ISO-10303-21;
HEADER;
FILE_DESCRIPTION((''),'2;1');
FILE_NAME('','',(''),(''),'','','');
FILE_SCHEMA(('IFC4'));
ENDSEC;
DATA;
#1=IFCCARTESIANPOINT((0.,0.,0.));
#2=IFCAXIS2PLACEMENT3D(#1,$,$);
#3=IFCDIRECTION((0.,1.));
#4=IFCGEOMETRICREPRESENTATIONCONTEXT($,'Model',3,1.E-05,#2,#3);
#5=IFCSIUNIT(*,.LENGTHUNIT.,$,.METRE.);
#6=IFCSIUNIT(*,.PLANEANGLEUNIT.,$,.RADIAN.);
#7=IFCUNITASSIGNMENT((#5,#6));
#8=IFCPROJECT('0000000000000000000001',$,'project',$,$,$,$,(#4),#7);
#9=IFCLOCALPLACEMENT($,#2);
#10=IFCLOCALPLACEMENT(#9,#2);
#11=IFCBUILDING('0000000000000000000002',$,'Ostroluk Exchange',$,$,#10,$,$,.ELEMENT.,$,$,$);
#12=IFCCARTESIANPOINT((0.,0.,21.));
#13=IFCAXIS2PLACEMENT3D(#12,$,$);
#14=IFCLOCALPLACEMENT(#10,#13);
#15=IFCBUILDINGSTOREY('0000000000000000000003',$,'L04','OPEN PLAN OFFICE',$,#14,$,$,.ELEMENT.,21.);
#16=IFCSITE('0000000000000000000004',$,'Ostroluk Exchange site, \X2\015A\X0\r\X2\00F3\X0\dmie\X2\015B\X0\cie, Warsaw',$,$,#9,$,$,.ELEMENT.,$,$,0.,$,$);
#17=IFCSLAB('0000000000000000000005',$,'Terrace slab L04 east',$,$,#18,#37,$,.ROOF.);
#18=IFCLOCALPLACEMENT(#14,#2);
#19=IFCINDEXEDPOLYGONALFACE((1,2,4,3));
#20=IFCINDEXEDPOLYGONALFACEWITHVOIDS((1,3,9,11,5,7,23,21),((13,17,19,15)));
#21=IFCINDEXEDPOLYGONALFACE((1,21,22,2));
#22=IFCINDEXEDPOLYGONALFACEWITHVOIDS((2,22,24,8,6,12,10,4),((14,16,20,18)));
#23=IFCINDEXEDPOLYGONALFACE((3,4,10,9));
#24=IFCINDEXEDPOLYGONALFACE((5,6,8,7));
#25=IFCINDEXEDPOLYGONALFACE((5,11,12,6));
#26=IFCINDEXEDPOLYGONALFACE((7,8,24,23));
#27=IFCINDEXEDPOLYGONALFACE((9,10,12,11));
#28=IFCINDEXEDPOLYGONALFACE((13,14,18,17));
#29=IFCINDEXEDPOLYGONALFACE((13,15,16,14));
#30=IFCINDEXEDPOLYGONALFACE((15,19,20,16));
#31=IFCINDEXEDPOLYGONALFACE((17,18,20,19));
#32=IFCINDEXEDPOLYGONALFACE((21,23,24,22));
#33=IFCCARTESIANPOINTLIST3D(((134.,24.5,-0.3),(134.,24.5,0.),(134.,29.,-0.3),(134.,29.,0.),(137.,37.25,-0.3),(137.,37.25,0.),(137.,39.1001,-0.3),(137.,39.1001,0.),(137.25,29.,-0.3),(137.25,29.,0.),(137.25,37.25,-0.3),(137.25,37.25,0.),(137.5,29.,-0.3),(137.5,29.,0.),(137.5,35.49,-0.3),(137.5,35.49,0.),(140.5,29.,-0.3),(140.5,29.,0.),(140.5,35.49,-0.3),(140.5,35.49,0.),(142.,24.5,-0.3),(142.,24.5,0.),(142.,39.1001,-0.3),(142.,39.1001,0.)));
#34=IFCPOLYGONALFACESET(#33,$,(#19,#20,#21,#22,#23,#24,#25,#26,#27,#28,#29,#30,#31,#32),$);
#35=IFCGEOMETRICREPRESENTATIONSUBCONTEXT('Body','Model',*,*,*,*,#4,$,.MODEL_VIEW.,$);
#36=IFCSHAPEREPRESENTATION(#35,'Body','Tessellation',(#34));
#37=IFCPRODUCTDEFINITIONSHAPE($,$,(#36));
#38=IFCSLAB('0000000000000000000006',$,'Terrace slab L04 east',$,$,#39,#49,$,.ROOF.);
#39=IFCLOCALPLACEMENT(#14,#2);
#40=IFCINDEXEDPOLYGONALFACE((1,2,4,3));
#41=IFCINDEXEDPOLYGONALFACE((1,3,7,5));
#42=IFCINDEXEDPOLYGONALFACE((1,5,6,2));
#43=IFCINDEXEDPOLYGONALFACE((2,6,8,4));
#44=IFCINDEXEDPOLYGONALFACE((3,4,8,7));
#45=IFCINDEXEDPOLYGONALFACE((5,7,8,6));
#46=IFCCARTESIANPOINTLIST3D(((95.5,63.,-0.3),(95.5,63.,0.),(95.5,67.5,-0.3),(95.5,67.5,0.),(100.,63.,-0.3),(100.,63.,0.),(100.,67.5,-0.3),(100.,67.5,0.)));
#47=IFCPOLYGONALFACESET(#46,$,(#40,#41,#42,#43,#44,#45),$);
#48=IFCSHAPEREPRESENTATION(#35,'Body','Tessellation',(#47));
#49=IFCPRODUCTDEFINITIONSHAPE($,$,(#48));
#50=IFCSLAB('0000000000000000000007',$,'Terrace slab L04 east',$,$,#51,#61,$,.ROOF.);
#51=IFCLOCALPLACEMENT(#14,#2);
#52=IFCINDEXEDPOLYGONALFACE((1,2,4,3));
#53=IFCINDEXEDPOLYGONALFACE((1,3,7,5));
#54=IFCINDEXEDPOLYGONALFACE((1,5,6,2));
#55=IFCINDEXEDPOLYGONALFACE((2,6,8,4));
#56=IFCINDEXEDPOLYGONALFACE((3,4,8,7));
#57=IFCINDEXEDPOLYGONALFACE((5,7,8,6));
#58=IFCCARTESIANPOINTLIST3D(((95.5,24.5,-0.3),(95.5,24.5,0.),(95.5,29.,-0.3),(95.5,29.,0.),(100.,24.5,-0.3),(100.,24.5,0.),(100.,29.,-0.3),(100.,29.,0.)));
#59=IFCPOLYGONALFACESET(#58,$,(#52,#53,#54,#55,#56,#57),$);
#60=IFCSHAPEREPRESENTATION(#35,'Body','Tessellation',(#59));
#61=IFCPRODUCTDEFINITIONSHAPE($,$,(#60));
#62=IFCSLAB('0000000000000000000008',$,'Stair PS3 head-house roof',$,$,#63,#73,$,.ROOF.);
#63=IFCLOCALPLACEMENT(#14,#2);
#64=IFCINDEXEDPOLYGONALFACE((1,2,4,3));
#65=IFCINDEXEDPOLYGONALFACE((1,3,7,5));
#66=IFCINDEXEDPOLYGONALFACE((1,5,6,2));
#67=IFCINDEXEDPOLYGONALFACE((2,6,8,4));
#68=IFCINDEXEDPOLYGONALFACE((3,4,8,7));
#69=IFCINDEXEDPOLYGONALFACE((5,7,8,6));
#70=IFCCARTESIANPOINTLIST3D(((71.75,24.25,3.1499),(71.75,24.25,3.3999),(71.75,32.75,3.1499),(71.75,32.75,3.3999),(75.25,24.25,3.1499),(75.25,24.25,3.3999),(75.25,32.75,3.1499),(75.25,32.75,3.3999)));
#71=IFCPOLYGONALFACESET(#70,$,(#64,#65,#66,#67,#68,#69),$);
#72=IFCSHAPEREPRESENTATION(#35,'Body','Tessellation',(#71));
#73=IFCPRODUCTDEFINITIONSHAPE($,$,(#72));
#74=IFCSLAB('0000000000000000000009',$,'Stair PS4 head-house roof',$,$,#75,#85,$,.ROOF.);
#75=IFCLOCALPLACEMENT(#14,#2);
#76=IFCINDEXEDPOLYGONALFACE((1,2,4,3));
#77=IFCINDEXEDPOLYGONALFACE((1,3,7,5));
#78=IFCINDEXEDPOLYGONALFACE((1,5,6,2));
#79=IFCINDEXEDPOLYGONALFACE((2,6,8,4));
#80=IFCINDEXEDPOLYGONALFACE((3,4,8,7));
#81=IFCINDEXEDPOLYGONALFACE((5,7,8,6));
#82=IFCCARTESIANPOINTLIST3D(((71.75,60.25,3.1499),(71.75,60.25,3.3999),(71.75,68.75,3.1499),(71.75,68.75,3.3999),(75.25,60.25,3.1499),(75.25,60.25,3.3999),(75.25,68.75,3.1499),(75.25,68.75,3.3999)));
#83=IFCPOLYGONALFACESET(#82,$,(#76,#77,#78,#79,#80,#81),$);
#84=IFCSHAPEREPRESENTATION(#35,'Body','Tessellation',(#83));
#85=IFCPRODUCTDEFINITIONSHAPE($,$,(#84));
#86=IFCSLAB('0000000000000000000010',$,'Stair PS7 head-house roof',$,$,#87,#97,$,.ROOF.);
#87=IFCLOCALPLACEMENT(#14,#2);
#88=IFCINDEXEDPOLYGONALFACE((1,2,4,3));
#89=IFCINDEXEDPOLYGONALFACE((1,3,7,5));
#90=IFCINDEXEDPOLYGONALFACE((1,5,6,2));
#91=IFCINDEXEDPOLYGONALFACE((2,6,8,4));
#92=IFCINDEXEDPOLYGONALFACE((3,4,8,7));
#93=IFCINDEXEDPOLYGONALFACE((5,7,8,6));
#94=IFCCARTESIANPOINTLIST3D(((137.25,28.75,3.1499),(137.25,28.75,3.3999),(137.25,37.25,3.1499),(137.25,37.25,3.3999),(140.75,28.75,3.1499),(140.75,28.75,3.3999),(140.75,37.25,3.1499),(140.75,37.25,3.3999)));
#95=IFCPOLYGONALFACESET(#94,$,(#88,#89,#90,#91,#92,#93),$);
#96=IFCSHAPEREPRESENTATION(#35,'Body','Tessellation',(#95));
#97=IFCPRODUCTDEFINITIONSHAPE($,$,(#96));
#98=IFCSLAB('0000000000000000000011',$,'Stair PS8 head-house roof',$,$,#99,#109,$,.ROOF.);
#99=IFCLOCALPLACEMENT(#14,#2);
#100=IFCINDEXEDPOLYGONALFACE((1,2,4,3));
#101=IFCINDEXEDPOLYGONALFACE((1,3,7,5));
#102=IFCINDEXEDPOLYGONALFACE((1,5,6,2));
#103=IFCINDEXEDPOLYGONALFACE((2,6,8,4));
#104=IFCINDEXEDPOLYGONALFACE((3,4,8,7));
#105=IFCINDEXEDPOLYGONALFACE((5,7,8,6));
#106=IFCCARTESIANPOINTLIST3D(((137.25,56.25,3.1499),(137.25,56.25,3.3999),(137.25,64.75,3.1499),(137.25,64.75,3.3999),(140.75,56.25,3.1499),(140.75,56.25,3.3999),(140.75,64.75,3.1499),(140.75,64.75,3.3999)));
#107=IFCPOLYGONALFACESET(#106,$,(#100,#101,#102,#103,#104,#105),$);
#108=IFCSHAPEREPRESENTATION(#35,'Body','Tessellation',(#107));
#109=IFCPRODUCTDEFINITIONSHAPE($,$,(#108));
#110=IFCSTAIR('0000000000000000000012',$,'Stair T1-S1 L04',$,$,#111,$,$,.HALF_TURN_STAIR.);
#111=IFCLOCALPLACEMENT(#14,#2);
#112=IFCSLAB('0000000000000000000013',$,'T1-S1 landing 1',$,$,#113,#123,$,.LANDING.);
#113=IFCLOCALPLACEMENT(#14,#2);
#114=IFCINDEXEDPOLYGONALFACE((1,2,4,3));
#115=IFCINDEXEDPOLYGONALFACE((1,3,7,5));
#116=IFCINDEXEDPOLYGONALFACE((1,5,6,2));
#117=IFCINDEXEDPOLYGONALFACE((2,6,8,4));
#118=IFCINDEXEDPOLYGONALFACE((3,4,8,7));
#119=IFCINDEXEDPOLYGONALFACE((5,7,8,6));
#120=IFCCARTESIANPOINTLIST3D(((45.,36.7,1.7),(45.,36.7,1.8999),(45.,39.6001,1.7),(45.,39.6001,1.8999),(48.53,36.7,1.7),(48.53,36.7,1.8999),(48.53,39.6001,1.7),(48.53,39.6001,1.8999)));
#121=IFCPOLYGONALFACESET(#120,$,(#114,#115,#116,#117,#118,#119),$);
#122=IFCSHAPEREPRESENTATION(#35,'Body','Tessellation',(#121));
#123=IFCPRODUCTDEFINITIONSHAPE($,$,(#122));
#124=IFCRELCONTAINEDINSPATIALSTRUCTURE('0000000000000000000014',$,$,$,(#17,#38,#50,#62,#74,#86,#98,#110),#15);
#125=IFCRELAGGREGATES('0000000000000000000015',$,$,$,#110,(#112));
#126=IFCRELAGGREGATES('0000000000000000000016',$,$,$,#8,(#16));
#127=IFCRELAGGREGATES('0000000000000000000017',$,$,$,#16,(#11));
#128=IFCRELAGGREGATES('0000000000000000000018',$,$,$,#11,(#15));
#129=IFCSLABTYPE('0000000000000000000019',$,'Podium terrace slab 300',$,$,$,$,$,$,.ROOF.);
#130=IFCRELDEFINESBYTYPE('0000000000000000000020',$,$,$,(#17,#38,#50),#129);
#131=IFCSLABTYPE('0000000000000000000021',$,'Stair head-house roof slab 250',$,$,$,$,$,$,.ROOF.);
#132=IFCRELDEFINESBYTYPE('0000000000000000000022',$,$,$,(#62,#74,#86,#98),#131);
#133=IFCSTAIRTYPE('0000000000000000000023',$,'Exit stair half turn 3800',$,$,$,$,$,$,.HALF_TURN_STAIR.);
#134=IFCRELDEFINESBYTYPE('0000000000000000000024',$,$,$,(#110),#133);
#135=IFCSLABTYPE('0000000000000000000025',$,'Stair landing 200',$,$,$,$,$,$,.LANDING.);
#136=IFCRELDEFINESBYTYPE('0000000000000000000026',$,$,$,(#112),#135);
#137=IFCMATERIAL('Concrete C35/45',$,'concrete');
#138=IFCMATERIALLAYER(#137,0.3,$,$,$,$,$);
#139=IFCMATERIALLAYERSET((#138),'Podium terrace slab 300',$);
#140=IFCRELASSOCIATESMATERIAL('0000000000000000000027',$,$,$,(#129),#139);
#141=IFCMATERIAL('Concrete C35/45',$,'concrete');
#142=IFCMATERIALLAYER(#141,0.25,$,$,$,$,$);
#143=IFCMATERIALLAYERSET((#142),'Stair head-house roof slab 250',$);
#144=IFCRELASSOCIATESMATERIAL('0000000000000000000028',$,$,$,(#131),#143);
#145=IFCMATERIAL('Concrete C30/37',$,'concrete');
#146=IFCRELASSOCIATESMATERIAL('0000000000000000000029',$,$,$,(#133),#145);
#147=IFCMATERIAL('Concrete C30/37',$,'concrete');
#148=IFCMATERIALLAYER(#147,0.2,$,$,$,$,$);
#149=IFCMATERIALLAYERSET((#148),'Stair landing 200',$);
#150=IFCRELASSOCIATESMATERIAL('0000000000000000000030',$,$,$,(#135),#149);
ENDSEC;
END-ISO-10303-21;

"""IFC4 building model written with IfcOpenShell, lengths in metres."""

from ifc_helpers import new_model, si_unit, direction, frame, origin, place, context, subcontext, project, spatial, polyline, outline, extrude, material, layer, layer_set, type_object, element, aggregate, save


model = new_model("IFC4")

# Units and contexts
model_context = context("Model", 3, precision=1e-05, world=origin(), true_north=direction((0.0, 1.0)))
body_context = subcontext(model_context, "Body", "Model", "MODEL_VIEW")
ifc_project = project(units=[si_unit("LENGTHUNIT", "METRE"), si_unit("PLANEANGLEUNIT", "RADIAN")], contexts=[model_context])

# Site, building, storey
site_placement = place(None, origin())
site = spatial("IfcSite", under=ifc_project, at=site_placement, Name="Ostroluk Exchange site, Śródmieście, Warsaw", CompositionType="ELEMENT", RefElevation=0.0)
building_placement = place(site_placement, origin())
building = spatial("IfcBuilding", under=site, at=building_placement, Name="Ostroluk Exchange", CompositionType="ELEMENT")
storey_placement = place(building_placement, frame((0.0, 0.0, 21.0)))
storey = spatial("IfcBuildingStorey", under=building, at=storey_placement, Name="L04", Description="OPEN PLAN OFFICE", CompositionType="ELEMENT", Elevation=21.0)

# Slabs
ifc_material_1 = material(Name="Concrete C35/45", Category="concrete")
ifc_layer_1 = layer(ifc_material_1, 0.3)
ifc_layer_set_1 = layer_set([ifc_layer_1], Name="Podium terrace slab 300")
slab_type_1 = type_object("IfcSlabType", Name="Podium terrace slab 300", PredefinedType="ROOF", material=ifc_layer_set_1)
slab_1_placement = place(storey_placement, frame((0.0, 0.0, -0.3)))
element("IfcSlab", 1, at=slab_1_placement, inside=storey, type_object=slab_type_1, Name="Terrace slab L04 east", PredefinedType="ROOF", context=body_context, shape_type="SweptSolid", body=[
    extrude(outline(polyline([(142.0, 39.1001), (142.0, 24.5), (134.0, 24.5), (134.0, 29.0), (137.25, 29.0), (137.25, 37.25), (137.0, 37.25), (137.0, 39.1001), (142.0, 39.1001)]), holes=[polyline([(137.5, 29.0), (140.5, 29.0), (140.5, 35.49), (137.5, 35.49), (137.5, 29.0)])]), origin(), (0.0, 0.0, 1.0), 0.3),
])
slab_2_placement = place(storey_placement, frame((0.0, 0.0, -0.3)))
element("IfcSlab", 2, at=slab_2_placement, inside=storey, type_object=slab_type_1, Name="Terrace slab L04 east", PredefinedType="ROOF", context=body_context, shape_type="SweptSolid", body=[
    extrude(outline(polyline([(100.0, 63.0), (95.5, 63.0), (95.5, 67.5), (100.0, 67.5), (100.0, 63.0)])), origin(), (0.0, 0.0, 1.0), 0.3),
])
slab_3_placement = place(storey_placement, frame((0.0, 0.0, -0.3)))
element("IfcSlab", 3, at=slab_3_placement, inside=storey, type_object=slab_type_1, Name="Terrace slab L04 east", PredefinedType="ROOF", context=body_context, shape_type="SweptSolid", body=[
    extrude(outline(polyline([(100.0, 29.0), (100.0, 24.5), (95.5, 24.5), (95.5, 29.0), (100.0, 29.0)])), origin(), (0.0, 0.0, 1.0), 0.3),
])
ifc_material_2 = material(Name="Concrete C35/45", Category="concrete")
ifc_layer_2 = layer(ifc_material_2, 0.25)
ifc_layer_set_2 = layer_set([ifc_layer_2], Name="Stair head-house roof slab 250")
slab_type_2 = type_object("IfcSlabType", Name="Stair head-house roof slab 250", PredefinedType="ROOF", material=ifc_layer_set_2)
slab_4_placement = place(storey_placement, frame((0.0, 0.0, 3.1499)))
element("IfcSlab", 4, at=slab_4_placement, inside=storey, type_object=slab_type_2, Name="Stair PS3 head-house roof", PredefinedType="ROOF", context=body_context, shape_type="SweptSolid", body=[
    extrude(outline(polyline([(71.75, 24.25), (75.25, 24.25), (75.25, 32.75), (71.75, 32.75), (71.75, 24.25)])), origin(), (0.0, 0.0, 1.0), 0.25),
])
slab_5_placement = place(storey_placement, frame((0.0, 0.0, 3.1499)))
element("IfcSlab", 5, at=slab_5_placement, inside=storey, type_object=slab_type_2, Name="Stair PS4 head-house roof", PredefinedType="ROOF", context=body_context, shape_type="SweptSolid", body=[
    extrude(outline(polyline([(71.75, 60.25), (75.25, 60.25), (75.25, 68.75), (71.75, 68.75), (71.75, 60.25)])), origin(), (0.0, 0.0, 1.0), 0.25),
])
slab_6_placement = place(storey_placement, frame((0.0, 0.0, 3.1499)))
element("IfcSlab", 6, at=slab_6_placement, inside=storey, type_object=slab_type_2, Name="Stair PS7 head-house roof", PredefinedType="ROOF", context=body_context, shape_type="SweptSolid", body=[
    extrude(outline(polyline([(137.25, 28.75), (140.75, 28.75), (140.75, 37.25), (137.25, 37.25), (137.25, 28.75)])), origin(), (0.0, 0.0, 1.0), 0.25),
])
slab_7_placement = place(storey_placement, frame((0.0, 0.0, 3.1499)))
element("IfcSlab", 7, at=slab_7_placement, inside=storey, type_object=slab_type_2, Name="Stair PS8 head-house roof", PredefinedType="ROOF", context=body_context, shape_type="SweptSolid", body=[
    extrude(outline(polyline([(137.25, 56.25), (140.75, 56.25), (140.75, 64.75), (137.25, 64.75), (137.25, 56.25)])), origin(), (0.0, 0.0, 1.0), 0.25),
])

# Stair, slab
ifc_material_3 = material(Name="Concrete C30/37", Category="concrete")
stair_type = type_object("IfcStairType", Name="Exit stair half turn 3800", PredefinedType="HALF_TURN_STAIR", material=ifc_material_3)
stair_placement = place(storey_placement, origin())
stair = element("IfcStair", 8, at=stair_placement, inside=storey, type_object=stair_type, Name="Stair T1-S1 L04", PredefinedType="HALF_TURN_STAIR")
ifc_material_4 = material(Name="Concrete C30/37", Category="concrete")
ifc_layer_3 = layer(ifc_material_4, 0.2)
ifc_layer_set_3 = layer_set([ifc_layer_3], Name="Stair landing 200")
slab_type_3 = type_object("IfcSlabType", Name="Stair landing 200", PredefinedType="LANDING", material=ifc_layer_set_3)
slab_8_placement = place(storey_placement, frame((0.0, 0.0, 1.7)))
slab_8 = element("IfcSlab", 9, at=slab_8_placement, type_object=slab_type_3, Name="T1-S1 landing 1", PredefinedType="LANDING", context=body_context, shape_type="SweptSolid", body=[
    extrude(outline(polyline([(45.0, 36.7), (45.0, 39.6001), (48.53, 39.6001), (48.53, 36.7), (45.0, 36.7)])), origin(), (0.0, 0.0, 1.0), 0.2),
])
aggregate(stair, [slab_8])

save(model, "model.ifc")
